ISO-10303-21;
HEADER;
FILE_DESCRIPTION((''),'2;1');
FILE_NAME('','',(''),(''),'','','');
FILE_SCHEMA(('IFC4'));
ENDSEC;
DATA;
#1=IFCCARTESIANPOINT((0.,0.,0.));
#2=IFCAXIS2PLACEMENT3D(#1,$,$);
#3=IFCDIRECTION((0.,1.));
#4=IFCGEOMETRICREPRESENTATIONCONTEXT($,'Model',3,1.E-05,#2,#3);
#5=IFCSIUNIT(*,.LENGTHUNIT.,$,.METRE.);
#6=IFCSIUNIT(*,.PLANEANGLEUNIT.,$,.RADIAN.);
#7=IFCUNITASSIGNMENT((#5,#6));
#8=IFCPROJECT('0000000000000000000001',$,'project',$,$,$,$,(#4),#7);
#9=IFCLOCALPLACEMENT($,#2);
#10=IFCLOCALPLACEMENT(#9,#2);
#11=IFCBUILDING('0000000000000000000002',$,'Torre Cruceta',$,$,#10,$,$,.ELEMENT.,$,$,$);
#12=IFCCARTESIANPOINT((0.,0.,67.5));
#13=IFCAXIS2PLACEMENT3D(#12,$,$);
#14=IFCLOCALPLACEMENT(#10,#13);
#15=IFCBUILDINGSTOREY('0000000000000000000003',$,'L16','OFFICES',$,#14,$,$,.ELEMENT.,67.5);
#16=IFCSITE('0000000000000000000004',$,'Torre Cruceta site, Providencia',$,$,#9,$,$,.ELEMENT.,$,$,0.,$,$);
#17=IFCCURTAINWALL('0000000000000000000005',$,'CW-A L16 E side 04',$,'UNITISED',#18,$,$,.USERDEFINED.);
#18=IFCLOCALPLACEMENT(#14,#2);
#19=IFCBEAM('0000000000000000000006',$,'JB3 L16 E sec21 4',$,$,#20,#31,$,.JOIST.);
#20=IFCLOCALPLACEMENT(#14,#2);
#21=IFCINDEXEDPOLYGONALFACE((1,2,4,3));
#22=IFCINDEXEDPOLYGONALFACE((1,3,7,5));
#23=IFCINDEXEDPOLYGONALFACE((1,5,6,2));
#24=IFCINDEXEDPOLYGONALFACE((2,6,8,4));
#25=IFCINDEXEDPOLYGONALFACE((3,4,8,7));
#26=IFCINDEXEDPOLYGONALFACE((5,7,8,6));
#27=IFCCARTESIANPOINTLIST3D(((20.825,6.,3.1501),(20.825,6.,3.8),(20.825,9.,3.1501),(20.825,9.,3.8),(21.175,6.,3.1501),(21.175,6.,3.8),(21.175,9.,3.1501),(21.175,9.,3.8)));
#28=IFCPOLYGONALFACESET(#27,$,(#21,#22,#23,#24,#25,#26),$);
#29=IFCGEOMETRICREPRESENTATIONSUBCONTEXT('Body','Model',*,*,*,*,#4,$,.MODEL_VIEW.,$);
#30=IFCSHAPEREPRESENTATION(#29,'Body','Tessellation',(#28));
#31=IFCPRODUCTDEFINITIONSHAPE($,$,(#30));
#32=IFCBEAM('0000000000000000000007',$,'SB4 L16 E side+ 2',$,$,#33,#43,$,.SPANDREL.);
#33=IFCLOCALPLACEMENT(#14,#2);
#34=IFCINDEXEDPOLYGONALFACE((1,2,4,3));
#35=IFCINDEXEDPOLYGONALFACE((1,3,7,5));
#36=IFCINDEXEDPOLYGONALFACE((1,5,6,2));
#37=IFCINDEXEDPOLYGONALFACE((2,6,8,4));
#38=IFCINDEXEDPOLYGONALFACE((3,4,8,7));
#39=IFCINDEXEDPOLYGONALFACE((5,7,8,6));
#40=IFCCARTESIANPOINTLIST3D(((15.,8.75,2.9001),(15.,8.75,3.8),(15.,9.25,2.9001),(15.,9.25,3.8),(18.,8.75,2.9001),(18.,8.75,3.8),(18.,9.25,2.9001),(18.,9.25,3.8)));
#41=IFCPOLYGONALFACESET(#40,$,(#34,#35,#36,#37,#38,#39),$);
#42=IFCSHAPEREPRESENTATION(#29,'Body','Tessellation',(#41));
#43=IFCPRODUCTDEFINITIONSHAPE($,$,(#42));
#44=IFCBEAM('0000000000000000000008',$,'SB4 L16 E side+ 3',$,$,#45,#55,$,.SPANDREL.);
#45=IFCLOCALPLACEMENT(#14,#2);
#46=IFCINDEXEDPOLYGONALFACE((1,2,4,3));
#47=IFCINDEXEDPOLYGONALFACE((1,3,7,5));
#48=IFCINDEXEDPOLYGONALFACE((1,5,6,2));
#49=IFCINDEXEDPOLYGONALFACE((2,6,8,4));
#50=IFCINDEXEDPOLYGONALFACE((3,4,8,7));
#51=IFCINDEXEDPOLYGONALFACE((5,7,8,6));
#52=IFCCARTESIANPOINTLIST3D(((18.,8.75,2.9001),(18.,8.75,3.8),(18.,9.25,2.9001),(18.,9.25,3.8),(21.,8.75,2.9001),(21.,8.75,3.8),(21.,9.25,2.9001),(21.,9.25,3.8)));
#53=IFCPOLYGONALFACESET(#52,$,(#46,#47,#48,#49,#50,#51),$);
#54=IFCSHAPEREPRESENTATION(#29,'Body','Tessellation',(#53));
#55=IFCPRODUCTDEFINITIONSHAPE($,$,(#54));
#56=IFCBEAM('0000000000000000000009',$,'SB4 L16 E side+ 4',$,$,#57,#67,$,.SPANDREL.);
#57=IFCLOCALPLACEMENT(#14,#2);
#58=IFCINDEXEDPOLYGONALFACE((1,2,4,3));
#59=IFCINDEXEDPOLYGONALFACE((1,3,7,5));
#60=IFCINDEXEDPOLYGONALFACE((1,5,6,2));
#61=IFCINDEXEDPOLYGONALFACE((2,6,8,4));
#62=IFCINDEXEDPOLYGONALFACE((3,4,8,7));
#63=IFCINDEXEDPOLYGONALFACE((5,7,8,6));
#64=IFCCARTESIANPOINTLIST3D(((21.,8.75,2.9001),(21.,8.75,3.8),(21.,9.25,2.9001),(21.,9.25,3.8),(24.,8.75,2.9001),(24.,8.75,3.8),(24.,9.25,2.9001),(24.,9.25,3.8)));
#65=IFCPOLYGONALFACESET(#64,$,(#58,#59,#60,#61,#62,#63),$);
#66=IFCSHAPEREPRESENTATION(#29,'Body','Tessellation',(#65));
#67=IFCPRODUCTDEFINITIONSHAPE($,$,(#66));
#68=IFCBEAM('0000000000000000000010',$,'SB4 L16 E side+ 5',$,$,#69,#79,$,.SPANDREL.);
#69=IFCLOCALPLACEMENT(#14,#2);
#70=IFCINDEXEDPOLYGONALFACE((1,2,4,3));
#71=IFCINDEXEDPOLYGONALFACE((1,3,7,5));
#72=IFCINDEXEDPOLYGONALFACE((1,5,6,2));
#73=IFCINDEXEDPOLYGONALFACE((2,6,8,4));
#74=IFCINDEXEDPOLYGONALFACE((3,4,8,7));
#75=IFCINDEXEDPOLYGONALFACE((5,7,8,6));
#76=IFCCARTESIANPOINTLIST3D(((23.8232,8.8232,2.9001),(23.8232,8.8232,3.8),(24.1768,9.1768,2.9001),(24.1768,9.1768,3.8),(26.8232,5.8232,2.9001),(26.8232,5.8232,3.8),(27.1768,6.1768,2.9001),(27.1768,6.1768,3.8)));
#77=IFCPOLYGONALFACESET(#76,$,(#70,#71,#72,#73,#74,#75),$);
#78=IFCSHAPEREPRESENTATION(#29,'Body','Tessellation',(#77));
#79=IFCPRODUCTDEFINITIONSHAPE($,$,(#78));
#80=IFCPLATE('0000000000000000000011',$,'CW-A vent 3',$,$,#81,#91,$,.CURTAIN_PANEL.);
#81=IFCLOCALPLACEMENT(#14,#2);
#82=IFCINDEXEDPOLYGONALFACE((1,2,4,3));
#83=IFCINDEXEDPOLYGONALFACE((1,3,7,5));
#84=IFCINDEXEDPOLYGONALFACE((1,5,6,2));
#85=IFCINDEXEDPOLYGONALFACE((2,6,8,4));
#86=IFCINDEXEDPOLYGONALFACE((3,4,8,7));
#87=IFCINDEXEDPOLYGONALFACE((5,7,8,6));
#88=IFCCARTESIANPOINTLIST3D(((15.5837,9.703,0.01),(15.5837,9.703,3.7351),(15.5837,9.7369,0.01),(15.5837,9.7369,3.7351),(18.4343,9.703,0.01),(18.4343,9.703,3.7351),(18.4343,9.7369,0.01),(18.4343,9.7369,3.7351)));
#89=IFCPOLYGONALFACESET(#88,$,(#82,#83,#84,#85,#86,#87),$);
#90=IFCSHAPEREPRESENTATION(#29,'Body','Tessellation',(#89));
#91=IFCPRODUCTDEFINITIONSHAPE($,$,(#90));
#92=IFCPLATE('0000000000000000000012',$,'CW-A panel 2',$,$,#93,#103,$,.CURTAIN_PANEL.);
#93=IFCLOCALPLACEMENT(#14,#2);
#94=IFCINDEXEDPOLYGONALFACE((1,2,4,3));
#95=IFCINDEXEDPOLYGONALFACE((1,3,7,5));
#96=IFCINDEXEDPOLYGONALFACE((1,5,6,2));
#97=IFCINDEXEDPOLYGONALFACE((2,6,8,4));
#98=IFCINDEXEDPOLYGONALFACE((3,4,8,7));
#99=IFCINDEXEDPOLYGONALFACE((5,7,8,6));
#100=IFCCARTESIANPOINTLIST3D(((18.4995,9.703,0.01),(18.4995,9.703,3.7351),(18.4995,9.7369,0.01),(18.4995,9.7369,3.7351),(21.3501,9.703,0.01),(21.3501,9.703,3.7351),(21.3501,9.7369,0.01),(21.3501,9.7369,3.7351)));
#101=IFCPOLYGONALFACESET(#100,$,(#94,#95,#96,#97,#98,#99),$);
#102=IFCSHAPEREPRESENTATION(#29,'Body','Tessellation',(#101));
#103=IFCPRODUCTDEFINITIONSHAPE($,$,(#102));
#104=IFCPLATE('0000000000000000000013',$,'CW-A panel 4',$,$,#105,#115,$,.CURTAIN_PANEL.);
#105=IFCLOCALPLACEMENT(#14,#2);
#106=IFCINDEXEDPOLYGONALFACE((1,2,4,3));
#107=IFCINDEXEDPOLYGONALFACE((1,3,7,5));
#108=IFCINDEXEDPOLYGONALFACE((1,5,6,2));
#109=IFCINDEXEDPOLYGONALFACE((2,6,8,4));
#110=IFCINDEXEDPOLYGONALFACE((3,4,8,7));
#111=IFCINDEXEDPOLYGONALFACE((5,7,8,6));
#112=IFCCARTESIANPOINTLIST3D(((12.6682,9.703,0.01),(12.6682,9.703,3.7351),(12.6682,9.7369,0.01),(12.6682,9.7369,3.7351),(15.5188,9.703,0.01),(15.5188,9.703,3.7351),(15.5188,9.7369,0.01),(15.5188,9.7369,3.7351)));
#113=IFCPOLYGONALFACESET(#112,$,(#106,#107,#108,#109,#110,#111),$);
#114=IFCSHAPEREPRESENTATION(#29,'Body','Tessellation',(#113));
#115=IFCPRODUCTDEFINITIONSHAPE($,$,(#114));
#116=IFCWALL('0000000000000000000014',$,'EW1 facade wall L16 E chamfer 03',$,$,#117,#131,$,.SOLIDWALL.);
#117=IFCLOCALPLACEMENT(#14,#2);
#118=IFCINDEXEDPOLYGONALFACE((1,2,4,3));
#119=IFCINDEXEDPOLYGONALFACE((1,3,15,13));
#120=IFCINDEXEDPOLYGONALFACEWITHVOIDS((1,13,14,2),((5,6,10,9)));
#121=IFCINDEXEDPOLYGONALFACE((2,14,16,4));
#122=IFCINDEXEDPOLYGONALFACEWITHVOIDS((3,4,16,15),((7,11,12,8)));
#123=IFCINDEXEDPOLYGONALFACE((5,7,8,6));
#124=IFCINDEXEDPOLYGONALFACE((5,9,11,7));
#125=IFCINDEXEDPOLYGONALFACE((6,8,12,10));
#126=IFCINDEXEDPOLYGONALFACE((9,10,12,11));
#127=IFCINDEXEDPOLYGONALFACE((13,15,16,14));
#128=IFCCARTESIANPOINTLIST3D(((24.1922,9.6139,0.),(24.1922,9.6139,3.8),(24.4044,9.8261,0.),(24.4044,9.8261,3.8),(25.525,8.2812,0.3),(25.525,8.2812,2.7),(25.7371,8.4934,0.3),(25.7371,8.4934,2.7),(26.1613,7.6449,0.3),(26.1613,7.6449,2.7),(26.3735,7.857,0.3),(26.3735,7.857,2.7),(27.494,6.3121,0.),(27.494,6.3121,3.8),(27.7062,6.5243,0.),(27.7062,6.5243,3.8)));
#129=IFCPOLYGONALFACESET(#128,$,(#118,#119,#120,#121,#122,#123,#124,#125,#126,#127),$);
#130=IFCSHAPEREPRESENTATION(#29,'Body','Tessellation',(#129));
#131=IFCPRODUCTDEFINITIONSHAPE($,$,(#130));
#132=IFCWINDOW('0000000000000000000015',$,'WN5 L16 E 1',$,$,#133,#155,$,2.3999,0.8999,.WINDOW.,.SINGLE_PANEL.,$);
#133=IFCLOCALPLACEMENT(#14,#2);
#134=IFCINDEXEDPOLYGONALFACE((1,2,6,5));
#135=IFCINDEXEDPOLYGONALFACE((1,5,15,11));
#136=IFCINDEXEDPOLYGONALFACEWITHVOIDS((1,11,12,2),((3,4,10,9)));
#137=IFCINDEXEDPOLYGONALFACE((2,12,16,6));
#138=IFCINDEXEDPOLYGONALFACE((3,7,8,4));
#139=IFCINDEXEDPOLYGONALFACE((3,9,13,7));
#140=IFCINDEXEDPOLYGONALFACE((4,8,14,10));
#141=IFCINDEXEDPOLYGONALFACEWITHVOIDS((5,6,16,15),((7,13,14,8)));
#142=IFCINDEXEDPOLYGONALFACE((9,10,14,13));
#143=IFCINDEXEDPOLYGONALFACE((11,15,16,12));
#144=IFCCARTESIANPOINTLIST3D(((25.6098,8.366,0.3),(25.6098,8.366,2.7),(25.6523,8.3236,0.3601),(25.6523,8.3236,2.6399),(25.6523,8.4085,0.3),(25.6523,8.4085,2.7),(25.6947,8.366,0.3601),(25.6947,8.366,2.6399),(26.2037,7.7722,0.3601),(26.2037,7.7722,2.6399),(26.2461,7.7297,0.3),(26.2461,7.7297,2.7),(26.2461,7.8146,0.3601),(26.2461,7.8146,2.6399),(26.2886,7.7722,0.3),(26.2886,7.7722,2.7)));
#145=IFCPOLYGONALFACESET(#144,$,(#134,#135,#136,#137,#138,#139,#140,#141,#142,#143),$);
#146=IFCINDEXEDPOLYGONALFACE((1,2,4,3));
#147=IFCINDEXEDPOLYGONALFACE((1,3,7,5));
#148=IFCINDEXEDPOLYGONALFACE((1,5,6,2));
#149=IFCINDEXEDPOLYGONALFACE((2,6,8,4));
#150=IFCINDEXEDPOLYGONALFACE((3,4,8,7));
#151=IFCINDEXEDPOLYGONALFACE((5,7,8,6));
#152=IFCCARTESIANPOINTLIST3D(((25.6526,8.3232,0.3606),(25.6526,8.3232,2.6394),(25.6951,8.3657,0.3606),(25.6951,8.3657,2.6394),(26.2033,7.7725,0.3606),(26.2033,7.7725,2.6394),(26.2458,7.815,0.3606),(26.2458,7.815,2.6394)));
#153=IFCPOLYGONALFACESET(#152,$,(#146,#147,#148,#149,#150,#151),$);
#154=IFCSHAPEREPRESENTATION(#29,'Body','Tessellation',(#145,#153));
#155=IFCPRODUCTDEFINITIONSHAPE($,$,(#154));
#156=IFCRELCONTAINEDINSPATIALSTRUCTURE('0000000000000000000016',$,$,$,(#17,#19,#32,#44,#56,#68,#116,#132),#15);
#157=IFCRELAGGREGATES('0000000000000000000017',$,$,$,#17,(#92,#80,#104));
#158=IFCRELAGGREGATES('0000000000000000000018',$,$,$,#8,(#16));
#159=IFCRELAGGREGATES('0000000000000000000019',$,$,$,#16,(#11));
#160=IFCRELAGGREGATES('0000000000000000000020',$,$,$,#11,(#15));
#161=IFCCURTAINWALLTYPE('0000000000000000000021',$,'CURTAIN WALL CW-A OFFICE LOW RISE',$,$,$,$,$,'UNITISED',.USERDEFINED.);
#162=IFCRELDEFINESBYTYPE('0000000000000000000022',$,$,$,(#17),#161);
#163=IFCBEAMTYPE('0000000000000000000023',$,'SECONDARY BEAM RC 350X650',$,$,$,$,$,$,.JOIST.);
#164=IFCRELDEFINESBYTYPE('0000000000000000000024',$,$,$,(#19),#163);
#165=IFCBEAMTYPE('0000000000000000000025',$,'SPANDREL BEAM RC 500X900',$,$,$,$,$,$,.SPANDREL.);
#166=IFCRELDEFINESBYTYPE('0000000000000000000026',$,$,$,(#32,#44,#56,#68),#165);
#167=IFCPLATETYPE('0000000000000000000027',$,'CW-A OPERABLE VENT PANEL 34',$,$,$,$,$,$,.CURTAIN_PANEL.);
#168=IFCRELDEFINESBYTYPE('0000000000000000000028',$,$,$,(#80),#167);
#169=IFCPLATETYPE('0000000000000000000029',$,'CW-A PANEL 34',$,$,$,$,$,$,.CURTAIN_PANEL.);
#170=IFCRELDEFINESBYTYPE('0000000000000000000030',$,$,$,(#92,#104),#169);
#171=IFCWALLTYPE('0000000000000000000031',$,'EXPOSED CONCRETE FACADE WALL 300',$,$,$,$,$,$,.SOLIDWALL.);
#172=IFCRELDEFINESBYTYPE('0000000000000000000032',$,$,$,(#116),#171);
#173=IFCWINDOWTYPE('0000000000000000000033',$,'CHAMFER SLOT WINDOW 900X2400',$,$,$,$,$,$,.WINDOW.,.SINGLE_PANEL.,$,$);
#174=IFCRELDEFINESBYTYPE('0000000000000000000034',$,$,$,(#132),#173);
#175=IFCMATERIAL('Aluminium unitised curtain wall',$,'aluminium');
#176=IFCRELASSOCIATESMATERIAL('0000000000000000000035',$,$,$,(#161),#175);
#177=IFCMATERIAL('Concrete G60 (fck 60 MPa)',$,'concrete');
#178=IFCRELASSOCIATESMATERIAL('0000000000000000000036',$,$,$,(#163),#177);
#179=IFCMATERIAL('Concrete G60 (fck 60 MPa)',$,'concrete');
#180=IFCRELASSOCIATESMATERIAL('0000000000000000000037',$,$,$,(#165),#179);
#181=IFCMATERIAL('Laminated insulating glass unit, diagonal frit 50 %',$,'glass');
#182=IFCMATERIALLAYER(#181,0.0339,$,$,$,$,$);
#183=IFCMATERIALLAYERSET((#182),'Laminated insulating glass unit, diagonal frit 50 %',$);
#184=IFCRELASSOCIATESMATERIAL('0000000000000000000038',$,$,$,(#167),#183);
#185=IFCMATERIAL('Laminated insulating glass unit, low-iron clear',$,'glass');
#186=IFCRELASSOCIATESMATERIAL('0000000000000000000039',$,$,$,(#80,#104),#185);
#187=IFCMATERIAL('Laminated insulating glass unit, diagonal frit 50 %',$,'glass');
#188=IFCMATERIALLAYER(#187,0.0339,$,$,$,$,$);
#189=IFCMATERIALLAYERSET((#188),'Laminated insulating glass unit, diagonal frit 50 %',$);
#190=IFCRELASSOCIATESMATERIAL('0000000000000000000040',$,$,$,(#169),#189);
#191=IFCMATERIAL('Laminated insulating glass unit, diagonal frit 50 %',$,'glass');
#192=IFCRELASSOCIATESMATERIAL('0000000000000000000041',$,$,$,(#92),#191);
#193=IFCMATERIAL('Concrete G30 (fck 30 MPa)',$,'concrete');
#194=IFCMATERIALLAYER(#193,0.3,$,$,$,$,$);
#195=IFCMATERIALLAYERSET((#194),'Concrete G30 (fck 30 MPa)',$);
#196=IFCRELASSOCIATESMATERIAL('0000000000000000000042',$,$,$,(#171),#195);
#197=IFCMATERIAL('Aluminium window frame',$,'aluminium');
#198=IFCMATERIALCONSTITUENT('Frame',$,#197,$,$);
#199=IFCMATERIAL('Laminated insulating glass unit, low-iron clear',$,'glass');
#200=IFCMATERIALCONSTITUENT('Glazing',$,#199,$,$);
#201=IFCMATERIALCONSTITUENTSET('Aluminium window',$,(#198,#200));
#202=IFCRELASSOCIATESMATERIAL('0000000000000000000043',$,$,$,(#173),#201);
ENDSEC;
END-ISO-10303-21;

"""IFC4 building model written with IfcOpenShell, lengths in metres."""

from ifc_helpers import new_model, si_unit, direction, frame, frame_2d, origin, origin_2d, place, context, subcontext, project, spatial, rectangle, hollow_rectangle, extrude, material, layer, layer_set, constituent, constituent_set, material_profile, profile_set, type_object, element, fill, aggregate, save


model = new_model("IFC4")

# Units and contexts
model_context = context("Model", 3, precision=1e-05, world=origin(), true_north=direction((0.0, 1.0)))
body_context = subcontext(model_context, "Body", "Model", "MODEL_VIEW")
ifc_project = project(units=[si_unit("LENGTHUNIT", "METRE"), si_unit("PLANEANGLEUNIT", "RADIAN")], contexts=[model_context])

# Site, building, storey
site_placement = place(None, origin())
site = spatial("IfcSite", under=ifc_project, at=site_placement, Name="Torre Cruceta site, Providencia", CompositionType="ELEMENT", RefElevation=0.0)
building_placement = place(site_placement, origin())
building = spatial("IfcBuilding", under=site, at=building_placement, Name="Torre Cruceta", CompositionType="ELEMENT")
storey_placement = place(building_placement, frame((0.0, 0.0, 67.5)))
storey = spatial("IfcBuildingStorey", under=building, at=storey_placement, Name="L16", Description="OFFICES", CompositionType="ELEMENT", Elevation=67.5)

# Curtain wall
ifc_material_1 = material(Name="Aluminium unitised curtain wall", Category="aluminium")
curtain_wall_type = type_object("IfcCurtainWallType", Name="CURTAIN WALL CW-A OFFICE LOW RISE", ElementType="UNITISED", PredefinedType="USERDEFINED", material=ifc_material_1)
curtain_wall_placement = place(storey_placement, origin())
curtain_wall = element("IfcCurtainWall", 1, at=curtain_wall_placement, inside=storey, type_object=curtain_wall_type, Name="CW-A L16 E side 04", ObjectType="UNITISED", PredefinedType="USERDEFINED")

# Beams
ifc_material_2 = material(Name="Concrete G60 (fck 60 MPa)", Category="concrete")
ifc_material_profile_1 = material_profile(ifc_material_2, rectangle(XDim=0.3501, YDim=0.6499, at=origin_2d()), Name="RC 350X650")
ifc_profile_set_1 = profile_set([ifc_material_profile_1], Name="Concrete G60 (fck 60 MPa)")
beam_type_1 = type_object("IfcBeamType", Name="SECONDARY BEAM RC 350X650", PredefinedType="JOIST", material=ifc_profile_set_1)
beam_1_placement = place(storey_placement, frame((21.0, 6.0, 3.4751), z_axis=(0.0, 1.0, 0.0), x_axis=(-1.0, 0.0, 0.0)))
element("IfcBeam", 2, at=beam_1_placement, inside=storey, type_object=beam_type_1, Name="JB3 L16 E sec21 4", PredefinedType="JOIST", context=body_context, shape_type="SweptSolid", body=[
    extrude(rectangle(XDim=0.3501, YDim=0.6499, at=origin_2d()), origin(), (0.0, 0.0, 1.0), 3.0),
])
ifc_material_3 = material(Name="Concrete G60 (fck 60 MPa)", Category="concrete")
ifc_material_profile_2 = material_profile(ifc_material_3, rectangle(XDim=0.5, YDim=0.8999, at=origin_2d()), Name="RC 500X900")
ifc_profile_set_2 = profile_set([ifc_material_profile_2], Name="Concrete G60 (fck 60 MPa)")
beam_type_2 = type_object("IfcBeamType", Name="SPANDREL BEAM RC 500X900", PredefinedType="SPANDREL", material=ifc_profile_set_2)
for number, where, z_axis, x_axis, name in (
    (3, (15.0, 9.0, 3.3501), (1.0, 0.0, 0.0), (0.0, 1.0, 0.0), "SB4 L16 E side+ 2"),
    (4, (18.0, 9.0, 3.3501), (1.0, 0.0, 0.0), (0.0, 1.0, 0.0), "SB4 L16 E side+ 3"),
    (5, (21.0, 9.0, 3.3501), (1.0, 0.0, 0.0), (0.0, 1.0, 0.0), "SB4 L16 E side+ 4"),
):
    element("IfcBeam", number, at=place(storey_placement, frame(where, z_axis=z_axis, x_axis=x_axis)), inside=storey, type_object=beam_type_2, Name=name, PredefinedType="SPANDREL", context=body_context, shape_type="SweptSolid", body=[
        extrude(rectangle(XDim=0.5, YDim=0.8999, at=origin_2d()), origin(), (0.0, 0.0, 1.0), 3.0),
    ])
beam_2_placement = place(storey_placement, frame((24.0, 9.0, 3.3501), z_axis=(0.707107, -0.707107, 0.0), x_axis=(0.707107, 0.707107, 0.0)))
element("IfcBeam", 6, at=beam_2_placement, inside=storey, type_object=beam_type_2, Name="SB4 L16 E side+ 5", PredefinedType="SPANDREL", context=body_context, shape_type="SweptSolid", body=[
    extrude(rectangle(XDim=0.5, YDim=0.8999, at=origin_2d()), origin(), (0.0, 0.0, 1.0), 4.2427),
])

# Plates
ifc_material_4 = material(Name="Laminated insulating glass unit, low-iron clear", Category="glass")
ifc_material_5 = material(Name="Laminated insulating glass unit, diagonal frit 50 %", Category="glass")
ifc_layer_1 = layer(ifc_material_5, 0.0339)
ifc_layer_set_1 = layer_set([ifc_layer_1], Name="Laminated insulating glass unit, diagonal frit 50 %")
plate_type_1 = type_object("IfcPlateType", Name="CW-A OPERABLE VENT PANEL 34", PredefinedType="CURTAIN_PANEL", material=ifc_layer_set_1)
plate_1_placement = place(storey_placement, frame((17.009, 9.72, 0.01), z_axis=(0.0, 0.0, 1.0), x_axis=(-1.0, 0.0, 0.0)))
plate_1 = element("IfcPlate", 7, at=plate_1_placement, type_object=plate_type_1, material=ifc_material_4, Name="CW-A vent 3", PredefinedType="CURTAIN_PANEL", context=body_context, shape_type="SweptSolid", body=[
    extrude(rectangle(XDim=2.8506, YDim=0.0339, at=origin_2d()), origin(), (0.0, 0.0, 1.0), 3.7251),
])
ifc_material_6 = material(Name="Laminated insulating glass unit, diagonal frit 50 %", Category="glass")
ifc_material_7 = material(Name="Laminated insulating glass unit, diagonal frit 50 %", Category="glass")
ifc_layer_2 = layer(ifc_material_7, 0.0339)
ifc_layer_set_2 = layer_set([ifc_layer_2], Name="Laminated insulating glass unit, diagonal frit 50 %")
plate_type_2 = type_object("IfcPlateType", Name="CW-A PANEL 34", PredefinedType="CURTAIN_PANEL", material=ifc_layer_set_2)
plate_2_placement = place(storey_placement, frame((19.9248, 9.72, 0.01), z_axis=(0.0, 0.0, 1.0), x_axis=(-1.0, 0.0, 0.0)))
plate_2 = element("IfcPlate", 8, at=plate_2_placement, type_object=plate_type_2, material=ifc_material_6, Name="CW-A panel 2", PredefinedType="CURTAIN_PANEL", context=body_context, shape_type="SweptSolid", body=[
    extrude(rectangle(XDim=2.8506, YDim=0.0339, at=origin_2d()), origin(), (0.0, 0.0, 1.0), 3.7251),
])
plate_3_placement = place(storey_placement, frame((14.0935, 9.72, 0.01), z_axis=(0.0, 0.0, 1.0), x_axis=(-1.0, 0.0, 0.0)))
plate_3 = element("IfcPlate", 9, at=plate_3_placement, type_object=plate_type_2, material=ifc_material_4, Name="CW-A panel 4", PredefinedType="CURTAIN_PANEL", context=body_context, shape_type="SweptSolid", body=[
    extrude(rectangle(XDim=2.8506, YDim=0.0339, at=origin_2d()), origin(), (0.0, 0.0, 1.0), 3.7251),
])
aggregate(curtain_wall, [plate_2, plate_1, plate_3])

# Wall, opening, window
ifc_material_8 = material(Name="Concrete G30 (fck 30 MPa)", Category="concrete")
ifc_layer_3 = layer(ifc_material_8, 0.3)
ifc_layer_set_3 = layer_set([ifc_layer_3], Name="Concrete G30 (fck 30 MPa)")
wall_type_1 = type_object("IfcWallType", Name="EXPOSED CONCRETE FACADE WALL 300", PredefinedType="SOLIDWALL", material=ifc_layer_set_3)
wall_1_placement = place(storey_placement, frame((27.6001, 6.4182, 0.0), z_axis=(0.0, 0.0, 1.0), x_axis=(-0.707107, 0.707107, 0.0)))
wall_1 = element("IfcWall", 10, at=wall_1_placement, inside=storey, type_object=wall_type_1, Name="EW1 facade wall L16 E chamfer 03", PredefinedType="SOLIDWALL", context=body_context, shape_type="SweptSolid", body=[
    extrude(rectangle(XDim=4.6694, YDim=0.3, at=frame_2d((2.3347, 0.0))), origin(), (0.0, 0.0, 1.0), 3.8),
])
opening_1_placement = place(wall_1_placement, frame((1.8848, 0.0, 0.3)))
opening_1 = element("IfcOpeningElement", 11, at=opening_1_placement, cuts=wall_1, PredefinedType="OPENING", context=body_context, shape_type="SweptSolid", body=[
    extrude(rectangle(XDim=0.8999, YDim=2.3999, at=frame_2d((0.45, 1.2))), frame((0.0, 0.1599, 0.0), z_axis=(0.0, -1.0, 0.0), x_axis=(1.0, 0.0, 0.0)), (0.0, 0.0, 1.0), 0.3201),
])
ifc_material_9 = material(Name="Aluminium window frame", Category="aluminium")
ifc_constituent_1 = constituent(ifc_material_9, Name="Frame")
ifc_material_10 = material(Name="Laminated insulating glass unit, low-iron clear", Category="glass")
ifc_constituent_2 = constituent(ifc_material_10, Name="Glazing")
ifc_constituent_set_1 = constituent_set(constituents=[ifc_constituent_1, ifc_constituent_2], Name="Aluminium window")
window_type = type_object("IfcWindowType", Name="CHAMFER SLOT WINDOW 900X2400", PartitioningType="SINGLE_PANEL", PredefinedType="WINDOW", material=ifc_constituent_set_1)
window_placement = place(opening_1_placement, origin())
window = element("IfcWindow", 12, at=window_placement, inside=storey, type_object=window_type, Name="WN5 L16 E 1", OverallHeight=2.3999, OverallWidth=0.8999, PartitioningType="SINGLE_PANEL", PredefinedType="WINDOW", context=body_context, shape_type="SweptSolid", body=[
    extrude(hollow_rectangle(XDim=0.8999, YDim=2.3999, WallThickness=0.0601, at=frame_2d((0.45, 1.2))), frame((0.0, 0.03, 0.0), z_axis=(0.0, -1.0, 0.0), x_axis=(1.0, 0.0, 0.0)), (0.0, 0.0, 1.0), 0.0601),
    extrude(rectangle(XDim=0.7788, YDim=2.2788, at=frame_2d((0.45, 1.2))), frame((0.0, 0.03, 0.0), z_axis=(0.0, -1.0, 0.0), x_axis=(1.0, 0.0, 0.0)), (0.0, 0.0, 1.0), 0.0601),
])
fill(opening_1, window)

save(model, "model.ifc")
